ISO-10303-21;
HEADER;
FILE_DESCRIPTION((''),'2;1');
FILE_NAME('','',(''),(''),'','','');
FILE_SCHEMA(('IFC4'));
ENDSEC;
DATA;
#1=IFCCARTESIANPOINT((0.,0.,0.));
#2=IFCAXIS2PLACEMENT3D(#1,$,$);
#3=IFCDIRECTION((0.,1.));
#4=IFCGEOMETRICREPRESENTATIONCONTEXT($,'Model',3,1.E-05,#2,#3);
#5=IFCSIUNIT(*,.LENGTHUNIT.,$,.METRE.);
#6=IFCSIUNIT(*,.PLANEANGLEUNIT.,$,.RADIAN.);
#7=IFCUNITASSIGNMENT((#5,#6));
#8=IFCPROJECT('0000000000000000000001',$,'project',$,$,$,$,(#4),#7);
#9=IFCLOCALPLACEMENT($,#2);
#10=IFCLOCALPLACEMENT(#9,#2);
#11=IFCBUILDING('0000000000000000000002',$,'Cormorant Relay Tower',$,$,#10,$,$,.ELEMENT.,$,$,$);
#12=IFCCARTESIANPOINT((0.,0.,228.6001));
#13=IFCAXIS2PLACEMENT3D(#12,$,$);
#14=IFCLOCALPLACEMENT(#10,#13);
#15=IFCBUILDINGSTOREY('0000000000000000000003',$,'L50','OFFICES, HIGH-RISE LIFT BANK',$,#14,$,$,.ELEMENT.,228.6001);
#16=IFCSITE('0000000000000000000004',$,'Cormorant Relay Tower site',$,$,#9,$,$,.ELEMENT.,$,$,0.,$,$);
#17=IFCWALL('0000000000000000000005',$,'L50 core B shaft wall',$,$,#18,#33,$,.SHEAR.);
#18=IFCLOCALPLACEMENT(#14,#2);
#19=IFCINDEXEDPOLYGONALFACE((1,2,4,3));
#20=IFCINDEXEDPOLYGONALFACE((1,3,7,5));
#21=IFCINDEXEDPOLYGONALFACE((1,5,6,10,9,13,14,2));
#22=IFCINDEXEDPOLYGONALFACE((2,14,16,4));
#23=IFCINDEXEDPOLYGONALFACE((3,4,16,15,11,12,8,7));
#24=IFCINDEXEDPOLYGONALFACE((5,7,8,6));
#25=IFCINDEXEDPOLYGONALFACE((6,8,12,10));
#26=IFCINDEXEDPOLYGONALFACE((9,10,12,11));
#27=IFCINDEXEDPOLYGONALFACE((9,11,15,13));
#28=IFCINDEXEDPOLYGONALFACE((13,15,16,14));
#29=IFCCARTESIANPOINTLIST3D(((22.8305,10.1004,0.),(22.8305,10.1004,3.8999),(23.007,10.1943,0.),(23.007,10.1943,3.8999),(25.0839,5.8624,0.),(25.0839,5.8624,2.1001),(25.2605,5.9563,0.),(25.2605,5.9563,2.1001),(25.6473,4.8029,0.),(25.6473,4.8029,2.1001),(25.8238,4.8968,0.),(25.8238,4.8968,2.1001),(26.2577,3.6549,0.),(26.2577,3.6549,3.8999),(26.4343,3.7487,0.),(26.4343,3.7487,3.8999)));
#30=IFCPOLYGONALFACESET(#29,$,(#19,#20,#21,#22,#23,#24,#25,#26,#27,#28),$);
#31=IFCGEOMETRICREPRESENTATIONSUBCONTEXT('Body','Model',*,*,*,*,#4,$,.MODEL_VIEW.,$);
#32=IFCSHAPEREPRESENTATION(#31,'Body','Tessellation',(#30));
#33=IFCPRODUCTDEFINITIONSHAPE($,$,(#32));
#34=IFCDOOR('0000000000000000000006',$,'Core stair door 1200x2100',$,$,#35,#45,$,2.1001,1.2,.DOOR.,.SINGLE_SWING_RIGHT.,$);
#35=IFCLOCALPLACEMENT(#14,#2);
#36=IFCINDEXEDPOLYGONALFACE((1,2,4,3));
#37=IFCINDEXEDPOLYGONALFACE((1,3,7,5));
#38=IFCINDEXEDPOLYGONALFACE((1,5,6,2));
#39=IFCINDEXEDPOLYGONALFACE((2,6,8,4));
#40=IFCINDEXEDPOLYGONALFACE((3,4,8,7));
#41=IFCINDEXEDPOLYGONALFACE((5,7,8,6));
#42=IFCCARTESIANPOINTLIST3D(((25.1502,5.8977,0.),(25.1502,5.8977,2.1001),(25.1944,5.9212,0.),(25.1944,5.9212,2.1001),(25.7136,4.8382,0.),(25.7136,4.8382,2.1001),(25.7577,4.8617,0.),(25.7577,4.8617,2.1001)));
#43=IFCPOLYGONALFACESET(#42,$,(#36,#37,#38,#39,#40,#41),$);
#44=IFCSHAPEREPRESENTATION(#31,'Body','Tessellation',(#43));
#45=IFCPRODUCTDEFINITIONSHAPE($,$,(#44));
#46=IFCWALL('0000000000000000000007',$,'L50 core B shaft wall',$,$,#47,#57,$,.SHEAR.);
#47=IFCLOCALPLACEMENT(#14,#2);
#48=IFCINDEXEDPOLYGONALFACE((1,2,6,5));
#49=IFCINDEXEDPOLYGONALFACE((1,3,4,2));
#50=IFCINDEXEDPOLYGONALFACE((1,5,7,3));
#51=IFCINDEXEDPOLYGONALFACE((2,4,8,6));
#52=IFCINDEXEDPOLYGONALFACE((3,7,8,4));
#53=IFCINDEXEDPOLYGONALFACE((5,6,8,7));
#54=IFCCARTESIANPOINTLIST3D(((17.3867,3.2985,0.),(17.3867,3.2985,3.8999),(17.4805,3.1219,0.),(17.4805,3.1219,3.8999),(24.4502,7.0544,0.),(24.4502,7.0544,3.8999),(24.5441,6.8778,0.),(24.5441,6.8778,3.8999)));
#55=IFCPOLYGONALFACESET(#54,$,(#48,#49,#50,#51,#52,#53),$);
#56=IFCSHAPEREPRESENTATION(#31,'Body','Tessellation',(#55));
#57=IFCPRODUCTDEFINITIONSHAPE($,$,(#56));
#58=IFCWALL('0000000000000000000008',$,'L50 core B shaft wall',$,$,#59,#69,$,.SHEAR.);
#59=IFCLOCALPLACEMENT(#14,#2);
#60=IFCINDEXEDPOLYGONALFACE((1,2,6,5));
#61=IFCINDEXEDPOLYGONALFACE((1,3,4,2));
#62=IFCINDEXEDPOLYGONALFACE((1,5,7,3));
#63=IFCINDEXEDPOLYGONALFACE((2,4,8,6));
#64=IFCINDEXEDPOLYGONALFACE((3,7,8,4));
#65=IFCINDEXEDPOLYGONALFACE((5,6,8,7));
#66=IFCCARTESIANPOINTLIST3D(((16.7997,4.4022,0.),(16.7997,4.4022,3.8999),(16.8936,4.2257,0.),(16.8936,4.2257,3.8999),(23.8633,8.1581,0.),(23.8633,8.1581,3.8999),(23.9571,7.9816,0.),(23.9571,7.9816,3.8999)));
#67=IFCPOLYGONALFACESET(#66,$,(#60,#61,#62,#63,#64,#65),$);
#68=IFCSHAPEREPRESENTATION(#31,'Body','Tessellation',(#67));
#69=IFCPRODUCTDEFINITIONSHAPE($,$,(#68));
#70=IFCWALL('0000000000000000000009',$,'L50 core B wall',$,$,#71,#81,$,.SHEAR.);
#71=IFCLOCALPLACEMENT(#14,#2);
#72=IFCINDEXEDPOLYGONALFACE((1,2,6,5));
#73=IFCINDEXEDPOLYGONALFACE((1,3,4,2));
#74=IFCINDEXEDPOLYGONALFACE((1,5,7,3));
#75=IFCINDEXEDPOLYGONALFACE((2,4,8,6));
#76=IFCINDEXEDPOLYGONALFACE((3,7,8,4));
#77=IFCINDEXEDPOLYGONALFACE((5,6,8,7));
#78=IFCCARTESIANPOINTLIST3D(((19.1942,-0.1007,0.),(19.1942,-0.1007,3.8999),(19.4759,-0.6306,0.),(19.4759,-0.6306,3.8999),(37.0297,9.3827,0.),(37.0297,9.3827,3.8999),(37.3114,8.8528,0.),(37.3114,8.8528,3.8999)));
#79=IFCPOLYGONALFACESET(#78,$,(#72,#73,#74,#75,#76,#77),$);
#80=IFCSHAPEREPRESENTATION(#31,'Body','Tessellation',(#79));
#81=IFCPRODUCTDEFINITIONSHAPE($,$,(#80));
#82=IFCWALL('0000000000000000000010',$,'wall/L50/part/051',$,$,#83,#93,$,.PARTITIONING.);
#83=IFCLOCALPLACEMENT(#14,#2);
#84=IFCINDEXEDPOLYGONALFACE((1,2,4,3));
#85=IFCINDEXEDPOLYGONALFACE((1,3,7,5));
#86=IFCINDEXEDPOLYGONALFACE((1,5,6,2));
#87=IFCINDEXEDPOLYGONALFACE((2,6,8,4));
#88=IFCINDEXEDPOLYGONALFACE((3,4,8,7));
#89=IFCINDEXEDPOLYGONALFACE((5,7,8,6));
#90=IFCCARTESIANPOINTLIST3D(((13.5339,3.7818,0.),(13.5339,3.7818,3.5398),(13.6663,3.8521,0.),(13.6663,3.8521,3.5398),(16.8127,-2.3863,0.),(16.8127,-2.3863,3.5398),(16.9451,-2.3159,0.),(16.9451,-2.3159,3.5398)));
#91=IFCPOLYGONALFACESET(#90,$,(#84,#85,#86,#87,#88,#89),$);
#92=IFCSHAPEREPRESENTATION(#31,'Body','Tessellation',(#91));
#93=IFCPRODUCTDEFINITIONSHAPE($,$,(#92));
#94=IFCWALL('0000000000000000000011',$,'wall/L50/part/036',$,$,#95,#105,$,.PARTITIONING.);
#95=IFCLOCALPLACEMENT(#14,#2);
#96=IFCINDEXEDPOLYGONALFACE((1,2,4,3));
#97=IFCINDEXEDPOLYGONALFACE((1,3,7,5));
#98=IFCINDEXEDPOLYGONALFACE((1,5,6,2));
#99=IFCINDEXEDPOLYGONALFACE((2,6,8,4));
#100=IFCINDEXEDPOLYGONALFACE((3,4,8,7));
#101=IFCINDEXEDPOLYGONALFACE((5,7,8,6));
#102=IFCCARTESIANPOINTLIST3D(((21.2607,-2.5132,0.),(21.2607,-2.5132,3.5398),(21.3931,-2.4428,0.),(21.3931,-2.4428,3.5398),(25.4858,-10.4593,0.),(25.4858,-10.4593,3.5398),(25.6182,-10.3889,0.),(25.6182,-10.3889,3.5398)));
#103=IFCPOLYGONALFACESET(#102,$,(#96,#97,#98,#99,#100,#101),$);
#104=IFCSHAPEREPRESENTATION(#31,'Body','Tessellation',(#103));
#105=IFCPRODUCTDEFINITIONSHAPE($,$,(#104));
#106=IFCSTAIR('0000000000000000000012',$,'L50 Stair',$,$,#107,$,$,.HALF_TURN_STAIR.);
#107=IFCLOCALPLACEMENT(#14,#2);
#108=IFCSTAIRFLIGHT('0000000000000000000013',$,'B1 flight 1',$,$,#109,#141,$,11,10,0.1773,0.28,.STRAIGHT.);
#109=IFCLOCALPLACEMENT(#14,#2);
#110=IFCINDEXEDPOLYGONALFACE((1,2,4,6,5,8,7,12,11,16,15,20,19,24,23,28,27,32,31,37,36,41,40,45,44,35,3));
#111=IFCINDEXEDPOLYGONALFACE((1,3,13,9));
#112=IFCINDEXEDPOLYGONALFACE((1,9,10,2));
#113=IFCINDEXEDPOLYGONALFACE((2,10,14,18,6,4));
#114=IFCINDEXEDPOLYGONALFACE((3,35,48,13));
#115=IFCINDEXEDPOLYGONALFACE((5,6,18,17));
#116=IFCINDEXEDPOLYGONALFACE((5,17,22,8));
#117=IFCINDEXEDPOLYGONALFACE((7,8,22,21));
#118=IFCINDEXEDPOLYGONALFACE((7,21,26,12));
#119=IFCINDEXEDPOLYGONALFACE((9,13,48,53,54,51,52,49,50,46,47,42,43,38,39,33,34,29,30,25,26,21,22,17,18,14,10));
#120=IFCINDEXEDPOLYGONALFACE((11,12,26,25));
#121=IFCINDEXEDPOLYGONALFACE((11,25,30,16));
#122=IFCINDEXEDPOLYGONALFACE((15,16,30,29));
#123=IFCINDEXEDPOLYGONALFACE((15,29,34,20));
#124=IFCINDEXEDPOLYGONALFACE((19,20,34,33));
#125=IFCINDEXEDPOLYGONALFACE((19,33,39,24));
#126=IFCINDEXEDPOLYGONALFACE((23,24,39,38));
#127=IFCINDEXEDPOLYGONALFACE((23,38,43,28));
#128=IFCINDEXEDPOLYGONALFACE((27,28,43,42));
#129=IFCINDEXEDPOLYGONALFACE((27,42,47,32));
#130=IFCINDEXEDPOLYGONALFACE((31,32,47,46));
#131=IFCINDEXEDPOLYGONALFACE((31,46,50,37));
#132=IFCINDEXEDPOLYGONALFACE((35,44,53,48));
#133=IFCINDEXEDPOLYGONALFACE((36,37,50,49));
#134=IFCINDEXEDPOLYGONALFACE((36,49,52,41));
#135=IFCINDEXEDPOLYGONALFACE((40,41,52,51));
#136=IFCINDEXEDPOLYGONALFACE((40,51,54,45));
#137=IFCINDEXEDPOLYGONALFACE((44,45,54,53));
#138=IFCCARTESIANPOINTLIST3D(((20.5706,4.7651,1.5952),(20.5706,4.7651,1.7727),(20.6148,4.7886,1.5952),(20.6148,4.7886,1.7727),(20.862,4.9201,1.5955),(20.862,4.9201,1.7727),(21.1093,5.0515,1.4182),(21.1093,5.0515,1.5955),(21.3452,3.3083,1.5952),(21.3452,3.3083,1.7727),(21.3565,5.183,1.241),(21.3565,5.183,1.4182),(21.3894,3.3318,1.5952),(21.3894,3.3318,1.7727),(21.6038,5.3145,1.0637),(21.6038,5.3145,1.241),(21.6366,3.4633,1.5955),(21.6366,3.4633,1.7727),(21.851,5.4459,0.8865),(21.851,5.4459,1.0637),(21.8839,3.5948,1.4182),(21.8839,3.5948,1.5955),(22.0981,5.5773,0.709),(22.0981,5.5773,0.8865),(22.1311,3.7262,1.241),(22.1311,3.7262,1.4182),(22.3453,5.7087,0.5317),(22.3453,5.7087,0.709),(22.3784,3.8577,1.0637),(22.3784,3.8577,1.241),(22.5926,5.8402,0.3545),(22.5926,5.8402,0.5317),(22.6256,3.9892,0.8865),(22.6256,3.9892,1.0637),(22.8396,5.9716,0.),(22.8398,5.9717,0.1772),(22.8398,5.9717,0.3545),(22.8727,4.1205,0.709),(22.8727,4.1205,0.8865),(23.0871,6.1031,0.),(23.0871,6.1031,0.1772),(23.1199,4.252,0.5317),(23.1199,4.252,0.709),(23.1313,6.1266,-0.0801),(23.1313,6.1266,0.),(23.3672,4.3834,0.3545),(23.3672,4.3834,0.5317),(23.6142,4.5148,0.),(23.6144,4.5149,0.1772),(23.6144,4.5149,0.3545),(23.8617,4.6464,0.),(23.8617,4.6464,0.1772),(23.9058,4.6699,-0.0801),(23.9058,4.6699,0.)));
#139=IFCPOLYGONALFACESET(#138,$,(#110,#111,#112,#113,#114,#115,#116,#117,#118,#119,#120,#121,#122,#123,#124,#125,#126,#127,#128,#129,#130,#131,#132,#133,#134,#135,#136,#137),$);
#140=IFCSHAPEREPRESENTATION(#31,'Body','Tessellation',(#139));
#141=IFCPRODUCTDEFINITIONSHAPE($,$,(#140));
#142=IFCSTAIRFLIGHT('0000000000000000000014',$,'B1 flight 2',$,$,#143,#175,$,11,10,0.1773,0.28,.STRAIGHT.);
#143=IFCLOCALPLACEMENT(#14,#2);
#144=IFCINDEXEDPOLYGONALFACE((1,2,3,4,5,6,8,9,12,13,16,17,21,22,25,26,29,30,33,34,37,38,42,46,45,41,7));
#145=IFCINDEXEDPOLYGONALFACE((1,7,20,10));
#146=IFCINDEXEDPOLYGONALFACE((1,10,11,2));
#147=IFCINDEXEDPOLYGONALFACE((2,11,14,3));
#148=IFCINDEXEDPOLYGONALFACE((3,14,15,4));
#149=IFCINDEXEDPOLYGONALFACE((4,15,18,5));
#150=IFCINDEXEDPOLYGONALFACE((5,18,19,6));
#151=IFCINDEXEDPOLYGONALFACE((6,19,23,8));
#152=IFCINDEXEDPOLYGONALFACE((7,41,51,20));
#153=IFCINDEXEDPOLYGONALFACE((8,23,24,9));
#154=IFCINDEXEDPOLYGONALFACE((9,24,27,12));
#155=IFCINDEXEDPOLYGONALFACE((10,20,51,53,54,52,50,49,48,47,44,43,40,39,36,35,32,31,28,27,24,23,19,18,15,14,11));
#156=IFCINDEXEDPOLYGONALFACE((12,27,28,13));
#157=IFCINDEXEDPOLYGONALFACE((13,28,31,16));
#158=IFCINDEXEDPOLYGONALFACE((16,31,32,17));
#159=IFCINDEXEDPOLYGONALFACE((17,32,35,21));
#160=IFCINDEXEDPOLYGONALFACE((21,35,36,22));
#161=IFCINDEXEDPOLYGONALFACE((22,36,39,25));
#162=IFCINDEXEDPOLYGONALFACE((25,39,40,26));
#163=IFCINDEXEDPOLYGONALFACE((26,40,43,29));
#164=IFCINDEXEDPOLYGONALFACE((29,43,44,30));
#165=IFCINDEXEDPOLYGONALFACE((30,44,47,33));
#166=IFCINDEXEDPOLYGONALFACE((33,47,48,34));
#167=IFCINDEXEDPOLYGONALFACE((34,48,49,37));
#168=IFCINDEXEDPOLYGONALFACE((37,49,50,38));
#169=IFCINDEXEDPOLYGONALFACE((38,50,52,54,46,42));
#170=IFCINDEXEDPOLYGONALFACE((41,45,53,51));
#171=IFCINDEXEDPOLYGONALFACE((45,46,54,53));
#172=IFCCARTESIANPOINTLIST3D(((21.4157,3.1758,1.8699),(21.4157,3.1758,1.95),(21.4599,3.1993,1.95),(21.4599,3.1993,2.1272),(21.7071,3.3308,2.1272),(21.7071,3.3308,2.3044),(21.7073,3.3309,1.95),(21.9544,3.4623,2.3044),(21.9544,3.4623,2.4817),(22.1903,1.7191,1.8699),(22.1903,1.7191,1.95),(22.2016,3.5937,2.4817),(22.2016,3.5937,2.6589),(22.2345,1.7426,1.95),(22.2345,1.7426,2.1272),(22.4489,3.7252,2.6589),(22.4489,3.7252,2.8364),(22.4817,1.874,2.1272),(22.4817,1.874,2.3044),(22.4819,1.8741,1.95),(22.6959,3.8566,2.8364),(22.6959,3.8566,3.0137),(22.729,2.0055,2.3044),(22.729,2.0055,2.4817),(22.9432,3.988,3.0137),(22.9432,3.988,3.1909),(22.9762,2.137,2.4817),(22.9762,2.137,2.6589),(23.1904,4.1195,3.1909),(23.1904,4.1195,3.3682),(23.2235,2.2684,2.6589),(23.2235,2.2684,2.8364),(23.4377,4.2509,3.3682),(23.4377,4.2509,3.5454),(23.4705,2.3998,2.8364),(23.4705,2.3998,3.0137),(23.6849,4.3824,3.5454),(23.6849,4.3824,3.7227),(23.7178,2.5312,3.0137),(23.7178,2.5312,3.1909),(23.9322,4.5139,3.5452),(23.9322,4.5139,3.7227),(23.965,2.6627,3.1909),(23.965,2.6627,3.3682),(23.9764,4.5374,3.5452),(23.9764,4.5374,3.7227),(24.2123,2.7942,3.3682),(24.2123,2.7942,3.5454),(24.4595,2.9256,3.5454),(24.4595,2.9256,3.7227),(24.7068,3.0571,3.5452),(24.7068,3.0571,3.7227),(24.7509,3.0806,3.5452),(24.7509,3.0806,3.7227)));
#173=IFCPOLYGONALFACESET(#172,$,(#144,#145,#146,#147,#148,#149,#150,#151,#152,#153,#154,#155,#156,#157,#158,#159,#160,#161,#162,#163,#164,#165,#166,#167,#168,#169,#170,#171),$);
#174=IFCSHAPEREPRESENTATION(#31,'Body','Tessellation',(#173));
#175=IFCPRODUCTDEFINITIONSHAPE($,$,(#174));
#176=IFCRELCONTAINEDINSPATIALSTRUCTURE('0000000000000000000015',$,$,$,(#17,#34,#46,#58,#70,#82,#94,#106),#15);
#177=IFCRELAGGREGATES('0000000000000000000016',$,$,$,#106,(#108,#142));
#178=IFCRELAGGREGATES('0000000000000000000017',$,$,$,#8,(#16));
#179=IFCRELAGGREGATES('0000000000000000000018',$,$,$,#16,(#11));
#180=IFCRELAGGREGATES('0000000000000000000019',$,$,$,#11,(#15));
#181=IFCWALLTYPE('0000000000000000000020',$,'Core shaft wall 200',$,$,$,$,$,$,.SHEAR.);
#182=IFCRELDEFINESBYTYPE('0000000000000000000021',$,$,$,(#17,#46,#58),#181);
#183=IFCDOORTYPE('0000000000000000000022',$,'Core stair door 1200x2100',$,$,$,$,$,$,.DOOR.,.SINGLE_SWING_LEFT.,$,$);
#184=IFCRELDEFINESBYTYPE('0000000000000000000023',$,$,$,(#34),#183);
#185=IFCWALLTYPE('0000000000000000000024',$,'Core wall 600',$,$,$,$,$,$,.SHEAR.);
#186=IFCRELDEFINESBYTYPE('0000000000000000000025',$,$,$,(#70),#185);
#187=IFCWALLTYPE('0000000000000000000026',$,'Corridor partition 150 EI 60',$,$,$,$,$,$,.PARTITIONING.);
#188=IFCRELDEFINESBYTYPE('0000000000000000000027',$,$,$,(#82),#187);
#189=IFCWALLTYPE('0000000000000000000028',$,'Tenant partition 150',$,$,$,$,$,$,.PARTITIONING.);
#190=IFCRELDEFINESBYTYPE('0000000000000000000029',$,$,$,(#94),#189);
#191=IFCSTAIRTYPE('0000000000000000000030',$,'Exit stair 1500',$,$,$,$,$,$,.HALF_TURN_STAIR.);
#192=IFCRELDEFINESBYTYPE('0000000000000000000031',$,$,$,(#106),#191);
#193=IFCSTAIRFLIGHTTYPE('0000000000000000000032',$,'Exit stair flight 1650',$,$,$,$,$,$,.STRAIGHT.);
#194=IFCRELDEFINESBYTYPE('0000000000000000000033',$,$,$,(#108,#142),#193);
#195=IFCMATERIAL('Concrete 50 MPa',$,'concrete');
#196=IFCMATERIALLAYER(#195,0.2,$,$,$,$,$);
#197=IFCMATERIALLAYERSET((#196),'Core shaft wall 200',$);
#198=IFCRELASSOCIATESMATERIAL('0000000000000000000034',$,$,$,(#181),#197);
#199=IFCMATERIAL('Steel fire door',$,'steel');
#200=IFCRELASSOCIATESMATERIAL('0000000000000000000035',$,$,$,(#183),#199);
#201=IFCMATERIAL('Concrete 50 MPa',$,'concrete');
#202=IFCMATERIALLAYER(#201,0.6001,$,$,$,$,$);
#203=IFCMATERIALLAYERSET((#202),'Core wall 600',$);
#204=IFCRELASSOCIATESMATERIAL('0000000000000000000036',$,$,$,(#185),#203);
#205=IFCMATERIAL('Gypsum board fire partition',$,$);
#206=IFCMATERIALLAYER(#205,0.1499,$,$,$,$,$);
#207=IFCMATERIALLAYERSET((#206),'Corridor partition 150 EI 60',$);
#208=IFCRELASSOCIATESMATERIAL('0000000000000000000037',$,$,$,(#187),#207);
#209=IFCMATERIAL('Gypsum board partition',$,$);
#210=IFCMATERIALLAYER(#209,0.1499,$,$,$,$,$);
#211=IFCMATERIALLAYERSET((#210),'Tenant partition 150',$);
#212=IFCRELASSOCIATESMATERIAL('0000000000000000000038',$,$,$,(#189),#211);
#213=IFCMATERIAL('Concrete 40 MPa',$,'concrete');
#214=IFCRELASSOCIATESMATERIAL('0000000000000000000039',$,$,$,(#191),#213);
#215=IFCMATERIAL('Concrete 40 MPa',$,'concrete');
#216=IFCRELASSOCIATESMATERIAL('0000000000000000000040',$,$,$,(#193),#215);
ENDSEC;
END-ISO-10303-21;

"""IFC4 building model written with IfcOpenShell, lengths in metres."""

from ifc_helpers import new_model, si_unit, direction, frame, frame_2d, origin, place, context, subcontext, project, spatial, polyline, rectangle, outline, extrude, material, layer, layer_set, type_object, element, fill, aggregate, save


model = new_model("IFC4")

# Units and contexts
model_context = context("Model", 3, precision=1e-05, world=origin(), true_north=direction((0.0, 1.0)))
body_context = subcontext(model_context, "Body", "Model", "MODEL_VIEW")
ifc_project = project(units=[si_unit("LENGTHUNIT", "METRE"), si_unit("PLANEANGLEUNIT", "RADIAN")], contexts=[model_context])

# Site, building, storey
site_placement = place(None, origin())
site = spatial("IfcSite", under=ifc_project, at=site_placement, Name="Cormorant Relay Tower site", CompositionType="ELEMENT", RefElevation=0.0)
building_placement = place(site_placement, origin())
building = spatial("IfcBuilding", under=site, at=building_placement, Name="Cormorant Relay Tower", CompositionType="ELEMENT")
storey_placement = place(building_placement, frame((0.0, 0.0, 228.6001)))
storey = spatial("IfcBuildingStorey", under=building, at=storey_placement, Name="L50", Description="OFFICES, HIGH-RISE LIFT BANK", CompositionType="ELEMENT", Elevation=228.6001)

# Shared definitions
ifc_material_1 = material(Name="Concrete 50 MPa", Category="concrete")
ifc_layer_1 = layer(ifc_material_1, 0.2)
ifc_layer_set_1 = layer_set([ifc_layer_1], Name="Core shaft wall 200")
wall_type_1 = type_object("IfcWallType", Name="Core shaft wall 200", PredefinedType="SHEAR", material=ifc_layer_set_1)

# Wall, opening, door
wall_1_placement = place(storey_placement, frame((26.3459, 3.7019, 0.0), z_axis=(0.0, 0.0, 1.0), x_axis=(-0.46948, 0.882943, 0.0)))
wall_1 = element("IfcWall", 1, at=wall_1_placement, inside=storey, type_object=wall_type_1, Name="L50 core B shaft wall", PredefinedType="SHEAR", context=body_context, shape_type="SweptSolid", body=[
    extrude(rectangle(XDim=7.3, YDim=0.2, at=frame_2d((3.6499, 0.0))), origin(), (0.0, 0.0, 1.0), 3.8999),
])
opening_1_placement = place(wall_1_placement, frame((1.3, 0.0, 0.0)))
opening_1 = element("IfcOpeningElement", 2, at=opening_1_placement, cuts=wall_1, PredefinedType="OPENING", context=body_context, shape_type="SweptSolid", body=[
    extrude(rectangle(XDim=1.2, YDim=2.1001, at=frame_2d((0.6001, 1.05))), frame((0.0, 0.1099, 0.0), z_axis=(0.0, -1.0, 0.0), x_axis=(1.0, 0.0, 0.0)), (0.0, 0.0, 1.0), 0.22),
])
ifc_material_2 = material(Name="Steel fire door", Category="steel")
door_type_1 = type_object("IfcDoorType", Name="Core stair door 1200x2100", OperationType="SINGLE_SWING_LEFT", PredefinedType="DOOR", material=ifc_material_2)
door_1_placement = place(opening_1_placement, origin())
door_1 = element("IfcDoor", 3, at=door_1_placement, inside=storey, type_object=door_type_1, Name="Core stair door 1200x2100", OperationType="SINGLE_SWING_RIGHT", OverallHeight=2.1001, OverallWidth=1.2, PredefinedType="DOOR", context=body_context, shape_type="SweptSolid", body=[
    extrude(rectangle(XDim=1.2, YDim=2.1001, at=frame_2d((0.6001, 1.05))), frame((0.0, 0.0249, 0.0), z_axis=(0.0, -1.0, 0.0), x_axis=(1.0, 0.0, 0.0)), (0.0, 0.0, 1.0), 0.05),
])
fill(opening_1, door_1)

# Walls
for number, where, z_axis, x_axis, name in (
    (4, (17.4336, 3.2102, 0.0), (0.0, 0.0, 1.0), (0.88294, 0.469485, 0.0), "L50 core B shaft wall"),
    (5, (16.8467, 4.314, 0.0), (0.0, 0.0, 1.0), (0.88294, 0.469485, 0.0), "L50 core B shaft wall"),
):
    element("IfcWall", number, at=place(storey_placement, frame(where, z_axis=z_axis, x_axis=x_axis)), inside=storey, type_object=wall_type_1, Name=name, PredefinedType="SHEAR", context=body_context, shape_type="SweptSolid", body=[
        extrude(rectangle(XDim=8.0, YDim=0.2, at=frame_2d((4.0, 0.0))), origin(), (0.0, 0.0, 1.0), 3.8999),
    ])

# Shared definitions
ifc_material_3 = material(Name="Concrete 50 MPa", Category="concrete")
ifc_layer_2 = layer(ifc_material_3, 0.6001)
ifc_layer_set_2 = layer_set([ifc_layer_2], Name="Core wall 600")
wall_type_2 = type_object("IfcWallType", Name="Core wall 600", PredefinedType="SHEAR", material=ifc_layer_set_2)

# Walls
wall_2_placement = place(storey_placement, frame((19.335, -0.3657, 0.0), z_axis=(0.0, 0.0, 1.0), x_axis=(0.882945, 0.469476, 0.0)))
element("IfcWall", 6, at=wall_2_placement, inside=storey, type_object=wall_type_2, Name="L50 core B wall", PredefinedType="SHEAR", context=body_context, shape_type="SweptSolid", body=[
    extrude(rectangle(XDim=20.2, YDim=0.6001, at=frame_2d((10.1001, 0.0))), origin(), (0.0, 0.0, 1.0), 3.8999),
])
ifc_material_4 = material(Name="Gypsum board fire partition")
ifc_layer_3 = layer(ifc_material_4, 0.1499)
ifc_layer_set_3 = layer_set([ifc_layer_3], Name="Corridor partition 150 EI 60")
wall_type_3 = type_object("IfcWallType", Name="Corridor partition 150 EI 60", PredefinedType="PARTITIONING", material=ifc_layer_set_3)
wall_3_placement = place(storey_placement, frame((16.8789, -2.3511, 0.0), z_axis=(0.0, 0.0, 1.0), x_axis=(-0.469387, 0.882993, 0.0)))
element("IfcWall", 7, at=wall_3_placement, inside=storey, type_object=wall_type_3, Name="wall/L50/part/051", PredefinedType="PARTITIONING", context=body_context, shape_type="SweptSolid", body=[
    extrude(rectangle(XDim=6.9854, YDim=0.1499, at=frame_2d((3.4927, 0.0))), origin(), (0.0, 0.0, 1.0), 3.5398),
])
ifc_material_5 = material(Name="Gypsum board partition")
ifc_layer_4 = layer(ifc_material_5, 0.1499)
ifc_layer_set_4 = layer_set([ifc_layer_4], Name="Tenant partition 150")
wall_type_4 = type_object("IfcWallType", Name="Tenant partition 150", PredefinedType="PARTITIONING", material=ifc_layer_set_4)
wall_4_placement = place(storey_placement, frame((21.3269, -2.478, 0.0), z_axis=(0.0, 0.0, 1.0), x_axis=(0.469481, -0.882942, 0.0)))
element("IfcWall", 8, at=wall_4_placement, inside=storey, type_object=wall_type_4, Name="wall/L50/part/036", PredefinedType="PARTITIONING", context=body_context, shape_type="SweptSolid", body=[
    extrude(rectangle(XDim=8.9995, YDim=0.1499, at=frame_2d((4.4998, 0.0))), origin(), (0.0, 0.0, 1.0), 3.5398),
])

# Stair, stair flights
ifc_material_6 = material(Name="Concrete 40 MPa", Category="concrete")
stair_type = type_object("IfcStairType", Name="Exit stair 1500", PredefinedType="HALF_TURN_STAIR", material=ifc_material_6)
stair_placement = place(storey_placement, origin())
stair = element("IfcStair", 9, at=stair_placement, inside=storey, type_object=stair_type, Name="L50 Stair", PredefinedType="HALF_TURN_STAIR")
ifc_material_7 = material(Name="Concrete 40 MPa", Category="concrete")
stair_flight_type = type_object("IfcStairFlightType", Name="Exit stair flight 1650", PredefinedType="STRAIGHT", material=ifc_material_7)
stair_flight_1_placement = place(storey_placement, frame((23.4744, 5.3748, 0.0), z_axis=(0.0, 0.0, 1.0), x_axis=(-0.882948, -0.469472, 0.0)))
stair_flight_1 = element("IfcStairFlight", 10, at=stair_flight_1_placement, type_object=stair_flight_type, Name="B1 flight 1", NumberOfRisers=11, NumberOfTreads=10, PredefinedType="STRAIGHT", RiserHeight=0.1773, TreadLength=0.28, context=body_context, shape_type="SweptSolid", body=[
    extrude(outline(polyline([(-0.05, -0.0801), (-0.05, 0.0), (0.0, 0.0), (0.0, 0.1772), (0.28, 0.1772), (0.28, 0.3545), (0.5601, 0.3545), (0.5601, 0.5317), (0.8401, 0.5317), (0.8401, 0.709), (1.1201, 0.709), (1.1201, 0.8865), (1.3999, 0.8865), (1.3999, 1.0637), (1.6799, 1.0637), (1.6799, 1.241), (1.96, 1.241), (1.96, 1.4182), (2.24, 1.4182), (2.24, 1.5955), (2.52, 1.5955), (2.52, 1.7727), (2.8, 1.7727), (2.8501, 1.7727), (2.8501, 1.5952), (2.8, 1.5952), (0.2803, 0.0), (-0.05, -0.0801)])), frame((0.0, 0.825, 0.0), z_axis=(0.0, -1.0, 0.0), x_axis=(1.0, 0.0, 0.0)), (0.0, 0.0, 1.0), 1.6499),
])
stair_flight_2_placement = place(storey_placement, frame((21.8472, 2.4709, 1.95), z_axis=(0.0, 0.0, 1.0), x_axis=(0.882948, 0.469472, 0.0)))
stair_flight_2 = element("IfcStairFlight", 11, at=stair_flight_2_placement, type_object=stair_flight_type, Name="B1 flight 2", NumberOfRisers=11, NumberOfTreads=10, PredefinedType="STRAIGHT", RiserHeight=0.1773, TreadLength=0.28, context=body_context, shape_type="SweptSolid", body=[
    extrude(outline(polyline([(-0.05, -0.0801), (-0.05, 0.0), (0.0, 0.0), (0.0, 0.1772), (0.28, 0.1772), (0.28, 0.3545), (0.5601, 0.3545), (0.5601, 0.5317), (0.8401, 0.5317), (0.8401, 0.709), (1.1201, 0.709), (1.1201, 0.8865), (1.3999, 0.8865), (1.3999, 1.0637), (1.6799, 1.0637), (1.6799, 1.241), (1.96, 1.241), (1.96, 1.4182), (2.24, 1.4182), (2.24, 1.5955), (2.52, 1.5955), (2.52, 1.7727), (2.8, 1.7727), (2.8501, 1.7727), (2.8501, 1.5952), (2.8, 1.5952), (0.2803, 0.0), (-0.05, -0.0801)])), frame((0.0, 0.825, 0.0), z_axis=(0.0, -1.0, 0.0), x_axis=(1.0, 0.0, 0.0)), (0.0, 0.0, 1.0), 1.6499),
])
aggregate(stair, [stair_flight_1, stair_flight_2])

save(model, "model.ifc")
